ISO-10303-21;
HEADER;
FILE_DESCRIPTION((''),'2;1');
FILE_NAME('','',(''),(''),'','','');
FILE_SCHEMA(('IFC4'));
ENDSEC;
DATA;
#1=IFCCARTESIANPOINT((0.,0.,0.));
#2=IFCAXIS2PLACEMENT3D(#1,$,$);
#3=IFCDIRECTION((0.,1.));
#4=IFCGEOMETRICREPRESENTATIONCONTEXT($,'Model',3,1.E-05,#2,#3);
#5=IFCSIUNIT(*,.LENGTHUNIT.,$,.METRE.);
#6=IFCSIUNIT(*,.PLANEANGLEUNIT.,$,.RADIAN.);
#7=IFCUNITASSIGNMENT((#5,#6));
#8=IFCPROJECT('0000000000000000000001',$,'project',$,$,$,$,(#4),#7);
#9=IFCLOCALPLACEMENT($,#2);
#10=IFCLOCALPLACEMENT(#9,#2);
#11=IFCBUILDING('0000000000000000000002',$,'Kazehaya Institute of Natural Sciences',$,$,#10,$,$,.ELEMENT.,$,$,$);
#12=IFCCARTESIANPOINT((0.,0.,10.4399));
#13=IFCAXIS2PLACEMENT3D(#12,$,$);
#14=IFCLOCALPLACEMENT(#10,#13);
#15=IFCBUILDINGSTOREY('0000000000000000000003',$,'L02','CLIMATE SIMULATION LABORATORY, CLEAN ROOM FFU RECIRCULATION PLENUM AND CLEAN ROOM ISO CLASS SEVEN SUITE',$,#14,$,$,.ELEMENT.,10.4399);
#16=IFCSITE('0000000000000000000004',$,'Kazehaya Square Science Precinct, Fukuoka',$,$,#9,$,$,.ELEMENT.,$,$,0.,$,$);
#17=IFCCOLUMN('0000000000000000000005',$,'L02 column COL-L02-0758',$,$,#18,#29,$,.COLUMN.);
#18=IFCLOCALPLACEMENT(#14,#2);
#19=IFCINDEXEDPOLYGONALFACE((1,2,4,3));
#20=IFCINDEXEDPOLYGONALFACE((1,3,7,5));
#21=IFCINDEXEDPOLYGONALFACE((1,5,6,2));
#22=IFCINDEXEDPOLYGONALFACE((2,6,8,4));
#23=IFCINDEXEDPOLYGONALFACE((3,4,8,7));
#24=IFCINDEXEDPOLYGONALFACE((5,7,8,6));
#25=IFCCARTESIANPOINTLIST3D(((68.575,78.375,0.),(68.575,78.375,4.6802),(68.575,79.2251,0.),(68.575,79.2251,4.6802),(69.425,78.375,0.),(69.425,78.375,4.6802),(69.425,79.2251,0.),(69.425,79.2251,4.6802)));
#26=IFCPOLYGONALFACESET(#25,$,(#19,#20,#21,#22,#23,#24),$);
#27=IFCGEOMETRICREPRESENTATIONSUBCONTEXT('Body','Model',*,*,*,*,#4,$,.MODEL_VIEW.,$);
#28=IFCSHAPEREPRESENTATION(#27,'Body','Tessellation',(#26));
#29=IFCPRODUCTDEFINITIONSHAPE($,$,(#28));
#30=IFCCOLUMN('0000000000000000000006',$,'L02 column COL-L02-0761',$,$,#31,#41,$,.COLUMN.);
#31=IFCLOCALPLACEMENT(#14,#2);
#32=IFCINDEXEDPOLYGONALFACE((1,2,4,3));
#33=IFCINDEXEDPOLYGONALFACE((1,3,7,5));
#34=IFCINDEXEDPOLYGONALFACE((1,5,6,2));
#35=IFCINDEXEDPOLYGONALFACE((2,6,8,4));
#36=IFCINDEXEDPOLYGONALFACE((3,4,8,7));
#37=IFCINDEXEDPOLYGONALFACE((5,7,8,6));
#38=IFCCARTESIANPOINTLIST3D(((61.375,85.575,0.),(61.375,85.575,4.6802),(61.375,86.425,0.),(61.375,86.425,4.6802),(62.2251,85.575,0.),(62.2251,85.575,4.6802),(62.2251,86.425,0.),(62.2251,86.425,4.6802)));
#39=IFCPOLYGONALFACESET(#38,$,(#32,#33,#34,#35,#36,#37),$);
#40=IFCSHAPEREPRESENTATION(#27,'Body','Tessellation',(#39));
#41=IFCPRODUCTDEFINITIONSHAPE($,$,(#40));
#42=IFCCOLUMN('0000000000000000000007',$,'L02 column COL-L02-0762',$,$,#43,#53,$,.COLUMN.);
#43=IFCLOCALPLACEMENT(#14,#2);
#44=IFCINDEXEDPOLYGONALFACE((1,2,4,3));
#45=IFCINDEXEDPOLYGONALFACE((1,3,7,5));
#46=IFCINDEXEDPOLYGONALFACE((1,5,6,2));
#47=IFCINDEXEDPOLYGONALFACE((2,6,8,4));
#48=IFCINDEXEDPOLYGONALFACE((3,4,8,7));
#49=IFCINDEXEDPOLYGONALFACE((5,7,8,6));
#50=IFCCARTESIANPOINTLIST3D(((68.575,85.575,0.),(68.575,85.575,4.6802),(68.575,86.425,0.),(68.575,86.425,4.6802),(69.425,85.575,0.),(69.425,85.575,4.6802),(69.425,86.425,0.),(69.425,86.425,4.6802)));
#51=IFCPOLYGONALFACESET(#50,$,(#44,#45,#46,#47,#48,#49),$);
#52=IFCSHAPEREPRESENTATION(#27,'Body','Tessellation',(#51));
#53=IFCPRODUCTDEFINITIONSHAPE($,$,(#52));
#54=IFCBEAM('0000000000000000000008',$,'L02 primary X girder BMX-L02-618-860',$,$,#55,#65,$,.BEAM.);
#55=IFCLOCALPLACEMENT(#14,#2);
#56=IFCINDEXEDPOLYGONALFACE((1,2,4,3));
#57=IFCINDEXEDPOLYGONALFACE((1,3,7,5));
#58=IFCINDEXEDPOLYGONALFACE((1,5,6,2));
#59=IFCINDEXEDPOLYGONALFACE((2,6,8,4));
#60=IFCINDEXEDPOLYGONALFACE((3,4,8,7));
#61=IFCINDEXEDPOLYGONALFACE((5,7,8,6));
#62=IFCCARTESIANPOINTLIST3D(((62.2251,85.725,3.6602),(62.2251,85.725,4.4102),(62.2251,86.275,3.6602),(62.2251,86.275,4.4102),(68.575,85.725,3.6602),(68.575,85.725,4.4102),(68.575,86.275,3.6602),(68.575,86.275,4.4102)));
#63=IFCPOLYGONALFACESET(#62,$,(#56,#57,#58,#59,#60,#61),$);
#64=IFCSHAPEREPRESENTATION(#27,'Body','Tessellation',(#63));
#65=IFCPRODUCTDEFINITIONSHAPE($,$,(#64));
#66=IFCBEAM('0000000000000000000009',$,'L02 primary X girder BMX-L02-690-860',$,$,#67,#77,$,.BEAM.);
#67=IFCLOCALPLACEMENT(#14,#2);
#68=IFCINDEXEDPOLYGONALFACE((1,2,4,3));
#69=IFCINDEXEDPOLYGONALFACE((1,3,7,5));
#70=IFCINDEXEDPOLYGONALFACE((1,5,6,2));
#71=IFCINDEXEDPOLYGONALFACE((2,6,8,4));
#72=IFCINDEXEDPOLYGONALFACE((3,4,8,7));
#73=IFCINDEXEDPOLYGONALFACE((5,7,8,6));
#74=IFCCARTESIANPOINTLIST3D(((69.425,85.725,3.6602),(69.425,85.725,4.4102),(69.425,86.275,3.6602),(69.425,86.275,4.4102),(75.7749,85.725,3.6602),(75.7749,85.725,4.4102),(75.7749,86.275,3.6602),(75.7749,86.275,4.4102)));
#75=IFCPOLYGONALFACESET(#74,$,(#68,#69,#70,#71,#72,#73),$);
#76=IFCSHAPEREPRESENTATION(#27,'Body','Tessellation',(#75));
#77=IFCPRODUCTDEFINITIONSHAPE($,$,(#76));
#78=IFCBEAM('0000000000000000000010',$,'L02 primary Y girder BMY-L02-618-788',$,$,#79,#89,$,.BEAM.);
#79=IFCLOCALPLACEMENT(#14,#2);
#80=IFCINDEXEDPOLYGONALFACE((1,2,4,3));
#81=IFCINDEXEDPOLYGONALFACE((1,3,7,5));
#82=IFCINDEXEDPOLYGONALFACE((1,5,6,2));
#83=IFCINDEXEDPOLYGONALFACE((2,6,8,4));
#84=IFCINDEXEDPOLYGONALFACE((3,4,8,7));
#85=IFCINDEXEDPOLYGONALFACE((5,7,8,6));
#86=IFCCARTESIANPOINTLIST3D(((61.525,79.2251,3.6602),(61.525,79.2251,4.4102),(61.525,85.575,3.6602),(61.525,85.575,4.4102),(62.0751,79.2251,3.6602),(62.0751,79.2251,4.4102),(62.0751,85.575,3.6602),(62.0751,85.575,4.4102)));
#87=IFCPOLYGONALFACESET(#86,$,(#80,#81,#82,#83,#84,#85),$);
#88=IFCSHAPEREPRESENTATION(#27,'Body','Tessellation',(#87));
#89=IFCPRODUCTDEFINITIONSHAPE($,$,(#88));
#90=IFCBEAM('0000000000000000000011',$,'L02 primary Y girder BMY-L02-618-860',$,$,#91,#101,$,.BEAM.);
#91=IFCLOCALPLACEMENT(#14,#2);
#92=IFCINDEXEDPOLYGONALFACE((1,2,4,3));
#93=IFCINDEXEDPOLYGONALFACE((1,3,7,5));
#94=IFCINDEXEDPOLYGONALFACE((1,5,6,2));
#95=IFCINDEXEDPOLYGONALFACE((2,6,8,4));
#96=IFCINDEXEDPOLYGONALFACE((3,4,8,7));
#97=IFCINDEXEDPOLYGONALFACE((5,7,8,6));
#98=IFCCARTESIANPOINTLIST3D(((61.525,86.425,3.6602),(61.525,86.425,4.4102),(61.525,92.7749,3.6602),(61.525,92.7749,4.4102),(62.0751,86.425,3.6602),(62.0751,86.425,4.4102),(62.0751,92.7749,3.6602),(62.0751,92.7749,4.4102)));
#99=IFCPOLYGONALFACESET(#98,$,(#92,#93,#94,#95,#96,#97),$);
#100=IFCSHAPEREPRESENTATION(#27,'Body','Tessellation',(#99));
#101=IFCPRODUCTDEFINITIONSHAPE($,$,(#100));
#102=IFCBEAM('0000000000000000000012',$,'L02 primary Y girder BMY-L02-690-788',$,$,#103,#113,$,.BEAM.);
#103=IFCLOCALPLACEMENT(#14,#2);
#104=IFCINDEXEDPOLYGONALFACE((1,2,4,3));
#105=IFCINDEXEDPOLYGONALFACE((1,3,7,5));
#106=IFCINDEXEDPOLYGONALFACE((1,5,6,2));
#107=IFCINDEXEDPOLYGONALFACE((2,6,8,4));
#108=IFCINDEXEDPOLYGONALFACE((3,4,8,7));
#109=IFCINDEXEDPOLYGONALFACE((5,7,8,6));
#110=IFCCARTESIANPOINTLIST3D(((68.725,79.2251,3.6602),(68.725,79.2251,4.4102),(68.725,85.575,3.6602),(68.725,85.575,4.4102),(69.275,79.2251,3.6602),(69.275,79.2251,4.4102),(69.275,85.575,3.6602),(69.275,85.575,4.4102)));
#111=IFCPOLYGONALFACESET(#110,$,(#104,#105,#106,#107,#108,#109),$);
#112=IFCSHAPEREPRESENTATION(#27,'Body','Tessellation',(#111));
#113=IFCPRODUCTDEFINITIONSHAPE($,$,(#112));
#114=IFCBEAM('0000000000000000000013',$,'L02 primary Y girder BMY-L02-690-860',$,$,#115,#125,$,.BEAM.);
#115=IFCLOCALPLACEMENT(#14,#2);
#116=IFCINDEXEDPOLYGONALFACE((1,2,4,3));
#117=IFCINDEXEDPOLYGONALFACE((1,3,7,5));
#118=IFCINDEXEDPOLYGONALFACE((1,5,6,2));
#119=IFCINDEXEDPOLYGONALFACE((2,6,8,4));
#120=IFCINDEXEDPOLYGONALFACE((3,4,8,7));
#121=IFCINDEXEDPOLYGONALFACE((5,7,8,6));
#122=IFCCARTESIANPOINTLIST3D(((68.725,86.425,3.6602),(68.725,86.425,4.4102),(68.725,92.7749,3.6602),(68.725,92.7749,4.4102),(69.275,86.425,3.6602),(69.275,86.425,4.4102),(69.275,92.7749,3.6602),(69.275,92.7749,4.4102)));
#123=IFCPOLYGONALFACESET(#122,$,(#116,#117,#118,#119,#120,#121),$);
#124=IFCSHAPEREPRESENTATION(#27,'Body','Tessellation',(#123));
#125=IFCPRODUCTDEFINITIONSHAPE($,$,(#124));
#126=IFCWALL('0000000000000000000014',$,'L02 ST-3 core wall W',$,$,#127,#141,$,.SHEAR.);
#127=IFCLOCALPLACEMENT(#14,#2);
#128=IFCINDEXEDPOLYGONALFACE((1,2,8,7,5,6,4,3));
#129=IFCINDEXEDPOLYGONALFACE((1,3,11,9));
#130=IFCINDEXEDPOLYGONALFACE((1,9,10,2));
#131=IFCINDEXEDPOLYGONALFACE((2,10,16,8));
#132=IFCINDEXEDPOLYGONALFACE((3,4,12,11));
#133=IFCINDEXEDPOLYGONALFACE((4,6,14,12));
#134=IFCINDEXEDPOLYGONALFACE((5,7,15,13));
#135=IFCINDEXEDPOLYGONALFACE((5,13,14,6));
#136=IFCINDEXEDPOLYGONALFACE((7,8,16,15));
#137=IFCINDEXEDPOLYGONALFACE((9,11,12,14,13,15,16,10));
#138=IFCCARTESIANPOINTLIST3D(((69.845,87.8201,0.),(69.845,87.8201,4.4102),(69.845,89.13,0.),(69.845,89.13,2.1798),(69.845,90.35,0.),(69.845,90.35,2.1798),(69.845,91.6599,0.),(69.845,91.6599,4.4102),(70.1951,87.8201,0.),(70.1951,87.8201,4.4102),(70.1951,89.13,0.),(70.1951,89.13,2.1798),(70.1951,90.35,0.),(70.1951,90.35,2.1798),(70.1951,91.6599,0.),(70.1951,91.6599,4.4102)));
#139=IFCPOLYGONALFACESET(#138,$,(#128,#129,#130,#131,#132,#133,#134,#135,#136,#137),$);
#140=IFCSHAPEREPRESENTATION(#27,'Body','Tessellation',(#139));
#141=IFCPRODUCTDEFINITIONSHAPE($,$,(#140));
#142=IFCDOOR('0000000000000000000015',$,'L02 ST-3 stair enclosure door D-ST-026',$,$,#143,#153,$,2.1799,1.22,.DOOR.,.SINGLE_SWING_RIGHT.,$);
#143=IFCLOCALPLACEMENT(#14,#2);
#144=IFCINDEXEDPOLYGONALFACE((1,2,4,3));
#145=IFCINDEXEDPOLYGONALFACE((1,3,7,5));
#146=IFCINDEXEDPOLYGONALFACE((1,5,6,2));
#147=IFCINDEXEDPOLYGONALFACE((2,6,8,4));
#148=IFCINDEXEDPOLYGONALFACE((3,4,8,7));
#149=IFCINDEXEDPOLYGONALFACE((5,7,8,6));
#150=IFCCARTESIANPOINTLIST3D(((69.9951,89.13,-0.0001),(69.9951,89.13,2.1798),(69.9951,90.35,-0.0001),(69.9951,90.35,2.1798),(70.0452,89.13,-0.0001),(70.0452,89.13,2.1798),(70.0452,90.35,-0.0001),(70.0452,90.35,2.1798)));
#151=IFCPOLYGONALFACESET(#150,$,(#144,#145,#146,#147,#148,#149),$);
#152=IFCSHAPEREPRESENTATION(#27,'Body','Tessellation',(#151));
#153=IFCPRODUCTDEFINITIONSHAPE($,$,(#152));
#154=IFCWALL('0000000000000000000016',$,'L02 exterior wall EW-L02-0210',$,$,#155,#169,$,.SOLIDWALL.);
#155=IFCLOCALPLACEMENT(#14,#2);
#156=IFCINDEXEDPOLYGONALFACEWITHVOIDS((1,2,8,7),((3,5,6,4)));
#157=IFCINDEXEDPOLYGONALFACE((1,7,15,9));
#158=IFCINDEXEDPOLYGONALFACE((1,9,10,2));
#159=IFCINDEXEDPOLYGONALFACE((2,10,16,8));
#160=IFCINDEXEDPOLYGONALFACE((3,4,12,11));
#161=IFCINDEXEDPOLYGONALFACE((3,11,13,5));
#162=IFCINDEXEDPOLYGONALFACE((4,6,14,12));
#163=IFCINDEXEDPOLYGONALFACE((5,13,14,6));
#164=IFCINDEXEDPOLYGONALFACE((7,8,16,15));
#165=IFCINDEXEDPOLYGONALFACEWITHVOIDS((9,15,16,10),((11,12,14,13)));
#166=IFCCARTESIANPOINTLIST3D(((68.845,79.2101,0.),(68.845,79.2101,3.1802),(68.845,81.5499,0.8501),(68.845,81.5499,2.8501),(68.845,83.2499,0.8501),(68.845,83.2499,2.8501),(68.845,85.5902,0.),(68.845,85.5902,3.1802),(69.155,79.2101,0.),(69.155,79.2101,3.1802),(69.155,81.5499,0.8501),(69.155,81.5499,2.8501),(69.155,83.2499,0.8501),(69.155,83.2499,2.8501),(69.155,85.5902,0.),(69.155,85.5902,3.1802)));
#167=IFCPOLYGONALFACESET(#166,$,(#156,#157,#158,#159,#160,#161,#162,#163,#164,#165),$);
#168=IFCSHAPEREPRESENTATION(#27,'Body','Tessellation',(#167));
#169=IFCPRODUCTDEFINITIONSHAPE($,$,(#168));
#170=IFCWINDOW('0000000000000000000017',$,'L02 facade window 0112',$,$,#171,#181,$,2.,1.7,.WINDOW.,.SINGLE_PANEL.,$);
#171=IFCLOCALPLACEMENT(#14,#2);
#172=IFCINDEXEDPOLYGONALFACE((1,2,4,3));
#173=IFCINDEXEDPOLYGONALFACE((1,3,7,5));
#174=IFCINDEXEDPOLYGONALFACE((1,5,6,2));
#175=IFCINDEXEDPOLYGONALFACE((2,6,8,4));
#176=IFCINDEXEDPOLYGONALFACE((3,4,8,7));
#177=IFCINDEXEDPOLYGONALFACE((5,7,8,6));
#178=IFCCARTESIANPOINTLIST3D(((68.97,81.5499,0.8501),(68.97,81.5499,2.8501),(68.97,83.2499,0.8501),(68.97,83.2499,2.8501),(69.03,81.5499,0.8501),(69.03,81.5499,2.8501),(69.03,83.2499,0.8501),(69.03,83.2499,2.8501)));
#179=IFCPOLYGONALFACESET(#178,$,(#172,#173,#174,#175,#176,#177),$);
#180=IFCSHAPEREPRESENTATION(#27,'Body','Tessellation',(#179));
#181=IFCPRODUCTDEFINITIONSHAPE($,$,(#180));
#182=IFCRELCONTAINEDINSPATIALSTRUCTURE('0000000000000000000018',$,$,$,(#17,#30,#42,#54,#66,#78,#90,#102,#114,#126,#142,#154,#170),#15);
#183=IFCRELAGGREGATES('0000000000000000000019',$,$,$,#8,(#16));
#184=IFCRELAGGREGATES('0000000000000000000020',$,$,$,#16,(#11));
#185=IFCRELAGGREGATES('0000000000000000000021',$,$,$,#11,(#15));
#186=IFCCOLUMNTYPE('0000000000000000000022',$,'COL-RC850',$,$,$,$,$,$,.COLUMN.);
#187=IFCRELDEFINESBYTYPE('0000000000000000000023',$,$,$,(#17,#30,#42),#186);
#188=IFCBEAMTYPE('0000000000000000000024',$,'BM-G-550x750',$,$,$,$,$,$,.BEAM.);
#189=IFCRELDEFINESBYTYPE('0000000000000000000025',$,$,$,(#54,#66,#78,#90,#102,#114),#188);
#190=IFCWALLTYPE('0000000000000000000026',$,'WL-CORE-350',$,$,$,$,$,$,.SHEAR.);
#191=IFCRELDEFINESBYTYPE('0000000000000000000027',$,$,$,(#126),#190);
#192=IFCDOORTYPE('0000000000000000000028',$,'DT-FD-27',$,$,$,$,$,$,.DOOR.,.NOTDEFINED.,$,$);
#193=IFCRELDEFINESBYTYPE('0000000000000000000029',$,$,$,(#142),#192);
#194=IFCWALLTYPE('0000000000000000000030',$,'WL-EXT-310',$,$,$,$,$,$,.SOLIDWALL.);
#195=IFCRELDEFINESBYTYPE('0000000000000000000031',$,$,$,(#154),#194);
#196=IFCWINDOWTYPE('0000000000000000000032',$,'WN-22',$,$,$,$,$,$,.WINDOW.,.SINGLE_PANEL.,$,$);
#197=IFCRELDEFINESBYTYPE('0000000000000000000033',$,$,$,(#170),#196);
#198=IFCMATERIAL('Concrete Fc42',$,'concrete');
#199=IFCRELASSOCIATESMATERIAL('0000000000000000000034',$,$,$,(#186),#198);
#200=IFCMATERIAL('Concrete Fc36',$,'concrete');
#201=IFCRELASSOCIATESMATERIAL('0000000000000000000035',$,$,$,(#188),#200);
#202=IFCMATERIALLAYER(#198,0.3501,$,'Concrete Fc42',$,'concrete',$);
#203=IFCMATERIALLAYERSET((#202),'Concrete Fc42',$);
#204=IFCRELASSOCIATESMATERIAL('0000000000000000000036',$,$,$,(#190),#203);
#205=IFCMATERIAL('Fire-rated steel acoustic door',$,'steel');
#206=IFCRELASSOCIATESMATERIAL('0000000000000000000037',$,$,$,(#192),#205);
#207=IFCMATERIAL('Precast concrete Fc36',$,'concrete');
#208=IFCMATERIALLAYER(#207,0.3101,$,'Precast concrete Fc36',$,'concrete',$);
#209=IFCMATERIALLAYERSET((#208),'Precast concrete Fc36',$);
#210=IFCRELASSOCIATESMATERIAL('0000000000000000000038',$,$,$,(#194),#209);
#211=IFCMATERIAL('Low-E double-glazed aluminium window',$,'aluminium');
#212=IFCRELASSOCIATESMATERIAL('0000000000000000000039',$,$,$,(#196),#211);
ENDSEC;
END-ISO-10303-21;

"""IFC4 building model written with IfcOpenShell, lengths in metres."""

from ifc_helpers import new_model, si_unit, direction, frame, frame_2d, origin, origin_2d, place, context, subcontext, project, spatial, rectangle, extrude, material, layer, layer_set, material_profile, profile_set, type_object, element, fill, save


model = new_model("IFC4")

# Units and contexts
model_context = context("Model", 3, precision=1e-05, world=origin(), true_north=direction((0.0, 1.0)))
body_context = subcontext(model_context, "Body", "Model", "MODEL_VIEW")
ifc_project = project(units=[si_unit("LENGTHUNIT", "METRE"), si_unit("PLANEANGLEUNIT", "RADIAN")], contexts=[model_context])

# Site, building, storey
site_placement = place(None, origin())
site = spatial("IfcSite", under=ifc_project, at=site_placement, Name="Kazehaya Square Science Precinct, Fukuoka", CompositionType="ELEMENT", RefElevation=0.0)
building_placement = place(site_placement, origin())
building = spatial("IfcBuilding", under=site, at=building_placement, Name="Kazehaya Institute of Natural Sciences", CompositionType="ELEMENT")
storey_placement = place(building_placement, frame((0.0, 0.0, 10.4399)))
storey = spatial("IfcBuildingStorey", under=building, at=storey_placement, Name="L02", Description="CLIMATE SIMULATION LABORATORY, CLEAN ROOM FFU RECIRCULATION PLENUM AND CLEAN ROOM ISO CLASS SEVEN SUITE", CompositionType="ELEMENT", Elevation=10.4399)

# Columns
ifc_material_1 = material(Name="Concrete Fc42", Category="concrete")
ifc_material_profile_1 = material_profile(ifc_material_1, rectangle(XDim=0.8501, YDim=0.8501, at=origin_2d()), Name="RC-850x850")
ifc_profile_set_1 = profile_set([ifc_material_profile_1], Name="Concrete Fc42")
column_type = type_object("IfcColumnType", Name="COL-RC850", PredefinedType="COLUMN", material=ifc_profile_set_1)
for number, where, z_axis, x_axis, name in (
    (1, (69.0, 78.8, 0.0), (0.0, 0.0, 1.0), (1.0, 0.0, 0.0), "L02 column COL-L02-0758"),
    (2, (61.8, 86.0, 0.0), (0.0, 0.0, 1.0), (1.0, 0.0, 0.0), "L02 column COL-L02-0761"),
    (3, (69.0, 86.0, 0.0), (0.0, 0.0, 1.0), (1.0, 0.0, 0.0), "L02 column COL-L02-0762"),
):
    element("IfcColumn", number, at=place(storey_placement, frame(where, z_axis=z_axis, x_axis=x_axis)), inside=storey, type_object=column_type, Name=name, PredefinedType="COLUMN", context=body_context, shape_type="SweptSolid", body=[
        extrude(rectangle(XDim=0.8501, YDim=0.8501, at=origin_2d()), origin(), (0.0, 0.0, 1.0), 4.6802),
    ])

# Beams
ifc_material_2 = material(Name="Concrete Fc36", Category="concrete")
ifc_material_profile_2 = material_profile(ifc_material_2, rectangle(XDim=0.55, YDim=0.75, at=origin_2d()), Name="RC-550x750")
ifc_profile_set_2 = profile_set([ifc_material_profile_2], Name="Concrete Fc36")
beam_type = type_object("IfcBeamType", Name="BM-G-550x750", PredefinedType="BEAM", material=ifc_profile_set_2)
for number, where, z_axis, x_axis, name in (
    (4, (62.2251, 86.0, 4.0352), (1.0, 0.0, 0.0), (0.0, 1.0, 0.0), "L02 primary X girder BMX-L02-618-860"),
    (5, (69.425, 86.0, 4.0352), (1.0, 0.0, 0.0), (0.0, 1.0, 0.0), "L02 primary X girder BMX-L02-690-860"),
    (6, (61.8, 79.2251, 4.0352), (0.0, 1.0, 0.0), (-1.0, 0.0, 0.0), "L02 primary Y girder BMY-L02-618-788"),
    (7, (61.8, 86.425, 4.0352), (0.0, 1.0, 0.0), (-1.0, 0.0, 0.0), "L02 primary Y girder BMY-L02-618-860"),
    (8, (69.0, 79.2251, 4.0352), (0.0, 1.0, 0.0), (-1.0, 0.0, 0.0), "L02 primary Y girder BMY-L02-690-788"),
    (9, (69.0, 86.425, 4.0352), (0.0, 1.0, 0.0), (-1.0, 0.0, 0.0), "L02 primary Y girder BMY-L02-690-860"),
):
    element("IfcBeam", number, at=place(storey_placement, frame(where, z_axis=z_axis, x_axis=x_axis)), inside=storey, type_object=beam_type, Name=name, PredefinedType="BEAM", context=body_context, shape_type="SweptSolid", body=[
        extrude(rectangle(XDim=0.55, YDim=0.75, at=origin_2d()), origin(), (0.0, 0.0, 1.0), 6.3499),
    ])

# Wall, opening, door
ifc_layer_1 = layer(ifc_material_1, 0.3501, Name="Concrete Fc42", Category="concrete")
ifc_layer_set_1 = layer_set([ifc_layer_1], Name="Concrete Fc42")
wall_type_1 = type_object("IfcWallType", Name="WL-CORE-350", PredefinedType="SHEAR", material=ifc_layer_set_1)
wall_1_placement = place(storey_placement, frame((70.02, 87.8201, 0.0), z_axis=(0.0, 0.0, 1.0), x_axis=(0.0, 1.0, 0.0)))
wall_1 = element("IfcWall", 10, at=wall_1_placement, inside=storey, type_object=wall_type_1, Name="L02 ST-3 core wall W", PredefinedType="SHEAR", context=body_context, shape_type="SweptSolid", body=[
    extrude(rectangle(XDim=3.8398, YDim=0.3501, at=frame_2d((1.9199, 0.0))), origin(), (0.0, 0.0, 1.0), 4.4102),
])
opening_1_placement = place(wall_1_placement, frame((1.3101, 0.0, 0.0)))
opening_1 = element("IfcOpeningElement", 11, at=opening_1_placement, cuts=wall_1, PredefinedType="OPENING", context=body_context, shape_type="SweptSolid", body=[
    extrude(rectangle(XDim=1.22, YDim=2.1799, at=frame_2d((0.6099, 1.0898))), frame((0.0, 0.1851, 0.0), z_axis=(0.0, -1.0, 0.0), x_axis=(1.0, 0.0, 0.0)), (0.0, 0.0, 1.0), 0.3701),
])
ifc_material_3 = material(Name="Fire-rated steel acoustic door", Category="steel")
door_type = type_object("IfcDoorType", Name="DT-FD-27", OperationType="NOTDEFINED", PredefinedType="DOOR", material=ifc_material_3)
door_placement = place(opening_1_placement, origin())
door = element("IfcDoor", 12, at=door_placement, inside=storey, type_object=door_type, Name="L02 ST-3 stair enclosure door D-ST-026", OperationType="SINGLE_SWING_RIGHT", OverallHeight=2.1799, OverallWidth=1.22, PredefinedType="DOOR", context=body_context, shape_type="SweptSolid", body=[
    extrude(rectangle(XDim=1.22, YDim=2.1799, at=frame_2d((0.6099, 1.0898))), frame((0.0, 0.0249, 0.0), z_axis=(0.0, -1.0, 0.0), x_axis=(1.0, 0.0, 0.0)), (0.0, 0.0, 1.0), 0.05),
])
fill(opening_1, door)

# Wall, opening, window
ifc_material_4 = material(Name="Precast concrete Fc36", Category="concrete")
ifc_layer_2 = layer(ifc_material_4, 0.3101, Name="Precast concrete Fc36", Category="concrete")
ifc_layer_set_2 = layer_set([ifc_layer_2], Name="Precast concrete Fc36")
wall_type_2 = type_object("IfcWallType", Name="WL-EXT-310", PredefinedType="SOLIDWALL", material=ifc_layer_set_2)
wall_2_placement = place(storey_placement, frame((69.0, 85.5901, 0.0), z_axis=(0.0, 0.0, 1.0), x_axis=(0.0, -1.0, 0.0)))
wall_2 = element("IfcWall", 13, at=wall_2_placement, inside=storey, type_object=wall_type_2, Name="L02 exterior wall EW-L02-0210", PredefinedType="SOLIDWALL", context=body_context, shape_type="SweptSolid", body=[
    extrude(rectangle(XDim=6.3801, YDim=0.3101, at=frame_2d((3.1899, 0.0))), origin(), (0.0, 0.0, 1.0), 3.1802),
])
opening_2_placement = place(wall_2_placement, frame((2.3401, 0.0, 0.8501)))
opening_2 = element("IfcOpeningElement", 14, at=opening_2_placement, cuts=wall_2, PredefinedType="OPENING", context=body_context, shape_type="SweptSolid", body=[
    extrude(rectangle(XDim=1.7, YDim=2.0, at=frame_2d((0.8501, 1.0))), frame((0.0, 0.165, 0.0), z_axis=(0.0, -1.0, 0.0), x_axis=(1.0, 0.0, 0.0)), (0.0, 0.0, 1.0), 0.3301),
])
ifc_material_5 = material(Name="Low-E double-glazed aluminium window", Category="aluminium")
window_type_1 = type_object("IfcWindowType", Name="WN-22", PartitioningType="SINGLE_PANEL", PredefinedType="WINDOW", material=ifc_material_5)
window_1_placement = place(opening_2_placement, origin())
window_1 = element("IfcWindow", 15, at=window_1_placement, inside=storey, type_object=window_type_1, Name="L02 facade window 0112", OverallHeight=2.0, OverallWidth=1.7, PartitioningType="SINGLE_PANEL", PredefinedType="WINDOW", context=body_context, shape_type="SweptSolid", body=[
    extrude(rectangle(XDim=1.7, YDim=2.0, at=frame_2d((0.8501, 1.0))), frame((0.0, 0.03, 0.0), z_axis=(0.0, -1.0, 0.0), x_axis=(1.0, 0.0, 0.0)), (0.0, 0.0, 1.0), 0.0601),
])
fill(opening_2, window_1)

save(model, "model.ifc")
